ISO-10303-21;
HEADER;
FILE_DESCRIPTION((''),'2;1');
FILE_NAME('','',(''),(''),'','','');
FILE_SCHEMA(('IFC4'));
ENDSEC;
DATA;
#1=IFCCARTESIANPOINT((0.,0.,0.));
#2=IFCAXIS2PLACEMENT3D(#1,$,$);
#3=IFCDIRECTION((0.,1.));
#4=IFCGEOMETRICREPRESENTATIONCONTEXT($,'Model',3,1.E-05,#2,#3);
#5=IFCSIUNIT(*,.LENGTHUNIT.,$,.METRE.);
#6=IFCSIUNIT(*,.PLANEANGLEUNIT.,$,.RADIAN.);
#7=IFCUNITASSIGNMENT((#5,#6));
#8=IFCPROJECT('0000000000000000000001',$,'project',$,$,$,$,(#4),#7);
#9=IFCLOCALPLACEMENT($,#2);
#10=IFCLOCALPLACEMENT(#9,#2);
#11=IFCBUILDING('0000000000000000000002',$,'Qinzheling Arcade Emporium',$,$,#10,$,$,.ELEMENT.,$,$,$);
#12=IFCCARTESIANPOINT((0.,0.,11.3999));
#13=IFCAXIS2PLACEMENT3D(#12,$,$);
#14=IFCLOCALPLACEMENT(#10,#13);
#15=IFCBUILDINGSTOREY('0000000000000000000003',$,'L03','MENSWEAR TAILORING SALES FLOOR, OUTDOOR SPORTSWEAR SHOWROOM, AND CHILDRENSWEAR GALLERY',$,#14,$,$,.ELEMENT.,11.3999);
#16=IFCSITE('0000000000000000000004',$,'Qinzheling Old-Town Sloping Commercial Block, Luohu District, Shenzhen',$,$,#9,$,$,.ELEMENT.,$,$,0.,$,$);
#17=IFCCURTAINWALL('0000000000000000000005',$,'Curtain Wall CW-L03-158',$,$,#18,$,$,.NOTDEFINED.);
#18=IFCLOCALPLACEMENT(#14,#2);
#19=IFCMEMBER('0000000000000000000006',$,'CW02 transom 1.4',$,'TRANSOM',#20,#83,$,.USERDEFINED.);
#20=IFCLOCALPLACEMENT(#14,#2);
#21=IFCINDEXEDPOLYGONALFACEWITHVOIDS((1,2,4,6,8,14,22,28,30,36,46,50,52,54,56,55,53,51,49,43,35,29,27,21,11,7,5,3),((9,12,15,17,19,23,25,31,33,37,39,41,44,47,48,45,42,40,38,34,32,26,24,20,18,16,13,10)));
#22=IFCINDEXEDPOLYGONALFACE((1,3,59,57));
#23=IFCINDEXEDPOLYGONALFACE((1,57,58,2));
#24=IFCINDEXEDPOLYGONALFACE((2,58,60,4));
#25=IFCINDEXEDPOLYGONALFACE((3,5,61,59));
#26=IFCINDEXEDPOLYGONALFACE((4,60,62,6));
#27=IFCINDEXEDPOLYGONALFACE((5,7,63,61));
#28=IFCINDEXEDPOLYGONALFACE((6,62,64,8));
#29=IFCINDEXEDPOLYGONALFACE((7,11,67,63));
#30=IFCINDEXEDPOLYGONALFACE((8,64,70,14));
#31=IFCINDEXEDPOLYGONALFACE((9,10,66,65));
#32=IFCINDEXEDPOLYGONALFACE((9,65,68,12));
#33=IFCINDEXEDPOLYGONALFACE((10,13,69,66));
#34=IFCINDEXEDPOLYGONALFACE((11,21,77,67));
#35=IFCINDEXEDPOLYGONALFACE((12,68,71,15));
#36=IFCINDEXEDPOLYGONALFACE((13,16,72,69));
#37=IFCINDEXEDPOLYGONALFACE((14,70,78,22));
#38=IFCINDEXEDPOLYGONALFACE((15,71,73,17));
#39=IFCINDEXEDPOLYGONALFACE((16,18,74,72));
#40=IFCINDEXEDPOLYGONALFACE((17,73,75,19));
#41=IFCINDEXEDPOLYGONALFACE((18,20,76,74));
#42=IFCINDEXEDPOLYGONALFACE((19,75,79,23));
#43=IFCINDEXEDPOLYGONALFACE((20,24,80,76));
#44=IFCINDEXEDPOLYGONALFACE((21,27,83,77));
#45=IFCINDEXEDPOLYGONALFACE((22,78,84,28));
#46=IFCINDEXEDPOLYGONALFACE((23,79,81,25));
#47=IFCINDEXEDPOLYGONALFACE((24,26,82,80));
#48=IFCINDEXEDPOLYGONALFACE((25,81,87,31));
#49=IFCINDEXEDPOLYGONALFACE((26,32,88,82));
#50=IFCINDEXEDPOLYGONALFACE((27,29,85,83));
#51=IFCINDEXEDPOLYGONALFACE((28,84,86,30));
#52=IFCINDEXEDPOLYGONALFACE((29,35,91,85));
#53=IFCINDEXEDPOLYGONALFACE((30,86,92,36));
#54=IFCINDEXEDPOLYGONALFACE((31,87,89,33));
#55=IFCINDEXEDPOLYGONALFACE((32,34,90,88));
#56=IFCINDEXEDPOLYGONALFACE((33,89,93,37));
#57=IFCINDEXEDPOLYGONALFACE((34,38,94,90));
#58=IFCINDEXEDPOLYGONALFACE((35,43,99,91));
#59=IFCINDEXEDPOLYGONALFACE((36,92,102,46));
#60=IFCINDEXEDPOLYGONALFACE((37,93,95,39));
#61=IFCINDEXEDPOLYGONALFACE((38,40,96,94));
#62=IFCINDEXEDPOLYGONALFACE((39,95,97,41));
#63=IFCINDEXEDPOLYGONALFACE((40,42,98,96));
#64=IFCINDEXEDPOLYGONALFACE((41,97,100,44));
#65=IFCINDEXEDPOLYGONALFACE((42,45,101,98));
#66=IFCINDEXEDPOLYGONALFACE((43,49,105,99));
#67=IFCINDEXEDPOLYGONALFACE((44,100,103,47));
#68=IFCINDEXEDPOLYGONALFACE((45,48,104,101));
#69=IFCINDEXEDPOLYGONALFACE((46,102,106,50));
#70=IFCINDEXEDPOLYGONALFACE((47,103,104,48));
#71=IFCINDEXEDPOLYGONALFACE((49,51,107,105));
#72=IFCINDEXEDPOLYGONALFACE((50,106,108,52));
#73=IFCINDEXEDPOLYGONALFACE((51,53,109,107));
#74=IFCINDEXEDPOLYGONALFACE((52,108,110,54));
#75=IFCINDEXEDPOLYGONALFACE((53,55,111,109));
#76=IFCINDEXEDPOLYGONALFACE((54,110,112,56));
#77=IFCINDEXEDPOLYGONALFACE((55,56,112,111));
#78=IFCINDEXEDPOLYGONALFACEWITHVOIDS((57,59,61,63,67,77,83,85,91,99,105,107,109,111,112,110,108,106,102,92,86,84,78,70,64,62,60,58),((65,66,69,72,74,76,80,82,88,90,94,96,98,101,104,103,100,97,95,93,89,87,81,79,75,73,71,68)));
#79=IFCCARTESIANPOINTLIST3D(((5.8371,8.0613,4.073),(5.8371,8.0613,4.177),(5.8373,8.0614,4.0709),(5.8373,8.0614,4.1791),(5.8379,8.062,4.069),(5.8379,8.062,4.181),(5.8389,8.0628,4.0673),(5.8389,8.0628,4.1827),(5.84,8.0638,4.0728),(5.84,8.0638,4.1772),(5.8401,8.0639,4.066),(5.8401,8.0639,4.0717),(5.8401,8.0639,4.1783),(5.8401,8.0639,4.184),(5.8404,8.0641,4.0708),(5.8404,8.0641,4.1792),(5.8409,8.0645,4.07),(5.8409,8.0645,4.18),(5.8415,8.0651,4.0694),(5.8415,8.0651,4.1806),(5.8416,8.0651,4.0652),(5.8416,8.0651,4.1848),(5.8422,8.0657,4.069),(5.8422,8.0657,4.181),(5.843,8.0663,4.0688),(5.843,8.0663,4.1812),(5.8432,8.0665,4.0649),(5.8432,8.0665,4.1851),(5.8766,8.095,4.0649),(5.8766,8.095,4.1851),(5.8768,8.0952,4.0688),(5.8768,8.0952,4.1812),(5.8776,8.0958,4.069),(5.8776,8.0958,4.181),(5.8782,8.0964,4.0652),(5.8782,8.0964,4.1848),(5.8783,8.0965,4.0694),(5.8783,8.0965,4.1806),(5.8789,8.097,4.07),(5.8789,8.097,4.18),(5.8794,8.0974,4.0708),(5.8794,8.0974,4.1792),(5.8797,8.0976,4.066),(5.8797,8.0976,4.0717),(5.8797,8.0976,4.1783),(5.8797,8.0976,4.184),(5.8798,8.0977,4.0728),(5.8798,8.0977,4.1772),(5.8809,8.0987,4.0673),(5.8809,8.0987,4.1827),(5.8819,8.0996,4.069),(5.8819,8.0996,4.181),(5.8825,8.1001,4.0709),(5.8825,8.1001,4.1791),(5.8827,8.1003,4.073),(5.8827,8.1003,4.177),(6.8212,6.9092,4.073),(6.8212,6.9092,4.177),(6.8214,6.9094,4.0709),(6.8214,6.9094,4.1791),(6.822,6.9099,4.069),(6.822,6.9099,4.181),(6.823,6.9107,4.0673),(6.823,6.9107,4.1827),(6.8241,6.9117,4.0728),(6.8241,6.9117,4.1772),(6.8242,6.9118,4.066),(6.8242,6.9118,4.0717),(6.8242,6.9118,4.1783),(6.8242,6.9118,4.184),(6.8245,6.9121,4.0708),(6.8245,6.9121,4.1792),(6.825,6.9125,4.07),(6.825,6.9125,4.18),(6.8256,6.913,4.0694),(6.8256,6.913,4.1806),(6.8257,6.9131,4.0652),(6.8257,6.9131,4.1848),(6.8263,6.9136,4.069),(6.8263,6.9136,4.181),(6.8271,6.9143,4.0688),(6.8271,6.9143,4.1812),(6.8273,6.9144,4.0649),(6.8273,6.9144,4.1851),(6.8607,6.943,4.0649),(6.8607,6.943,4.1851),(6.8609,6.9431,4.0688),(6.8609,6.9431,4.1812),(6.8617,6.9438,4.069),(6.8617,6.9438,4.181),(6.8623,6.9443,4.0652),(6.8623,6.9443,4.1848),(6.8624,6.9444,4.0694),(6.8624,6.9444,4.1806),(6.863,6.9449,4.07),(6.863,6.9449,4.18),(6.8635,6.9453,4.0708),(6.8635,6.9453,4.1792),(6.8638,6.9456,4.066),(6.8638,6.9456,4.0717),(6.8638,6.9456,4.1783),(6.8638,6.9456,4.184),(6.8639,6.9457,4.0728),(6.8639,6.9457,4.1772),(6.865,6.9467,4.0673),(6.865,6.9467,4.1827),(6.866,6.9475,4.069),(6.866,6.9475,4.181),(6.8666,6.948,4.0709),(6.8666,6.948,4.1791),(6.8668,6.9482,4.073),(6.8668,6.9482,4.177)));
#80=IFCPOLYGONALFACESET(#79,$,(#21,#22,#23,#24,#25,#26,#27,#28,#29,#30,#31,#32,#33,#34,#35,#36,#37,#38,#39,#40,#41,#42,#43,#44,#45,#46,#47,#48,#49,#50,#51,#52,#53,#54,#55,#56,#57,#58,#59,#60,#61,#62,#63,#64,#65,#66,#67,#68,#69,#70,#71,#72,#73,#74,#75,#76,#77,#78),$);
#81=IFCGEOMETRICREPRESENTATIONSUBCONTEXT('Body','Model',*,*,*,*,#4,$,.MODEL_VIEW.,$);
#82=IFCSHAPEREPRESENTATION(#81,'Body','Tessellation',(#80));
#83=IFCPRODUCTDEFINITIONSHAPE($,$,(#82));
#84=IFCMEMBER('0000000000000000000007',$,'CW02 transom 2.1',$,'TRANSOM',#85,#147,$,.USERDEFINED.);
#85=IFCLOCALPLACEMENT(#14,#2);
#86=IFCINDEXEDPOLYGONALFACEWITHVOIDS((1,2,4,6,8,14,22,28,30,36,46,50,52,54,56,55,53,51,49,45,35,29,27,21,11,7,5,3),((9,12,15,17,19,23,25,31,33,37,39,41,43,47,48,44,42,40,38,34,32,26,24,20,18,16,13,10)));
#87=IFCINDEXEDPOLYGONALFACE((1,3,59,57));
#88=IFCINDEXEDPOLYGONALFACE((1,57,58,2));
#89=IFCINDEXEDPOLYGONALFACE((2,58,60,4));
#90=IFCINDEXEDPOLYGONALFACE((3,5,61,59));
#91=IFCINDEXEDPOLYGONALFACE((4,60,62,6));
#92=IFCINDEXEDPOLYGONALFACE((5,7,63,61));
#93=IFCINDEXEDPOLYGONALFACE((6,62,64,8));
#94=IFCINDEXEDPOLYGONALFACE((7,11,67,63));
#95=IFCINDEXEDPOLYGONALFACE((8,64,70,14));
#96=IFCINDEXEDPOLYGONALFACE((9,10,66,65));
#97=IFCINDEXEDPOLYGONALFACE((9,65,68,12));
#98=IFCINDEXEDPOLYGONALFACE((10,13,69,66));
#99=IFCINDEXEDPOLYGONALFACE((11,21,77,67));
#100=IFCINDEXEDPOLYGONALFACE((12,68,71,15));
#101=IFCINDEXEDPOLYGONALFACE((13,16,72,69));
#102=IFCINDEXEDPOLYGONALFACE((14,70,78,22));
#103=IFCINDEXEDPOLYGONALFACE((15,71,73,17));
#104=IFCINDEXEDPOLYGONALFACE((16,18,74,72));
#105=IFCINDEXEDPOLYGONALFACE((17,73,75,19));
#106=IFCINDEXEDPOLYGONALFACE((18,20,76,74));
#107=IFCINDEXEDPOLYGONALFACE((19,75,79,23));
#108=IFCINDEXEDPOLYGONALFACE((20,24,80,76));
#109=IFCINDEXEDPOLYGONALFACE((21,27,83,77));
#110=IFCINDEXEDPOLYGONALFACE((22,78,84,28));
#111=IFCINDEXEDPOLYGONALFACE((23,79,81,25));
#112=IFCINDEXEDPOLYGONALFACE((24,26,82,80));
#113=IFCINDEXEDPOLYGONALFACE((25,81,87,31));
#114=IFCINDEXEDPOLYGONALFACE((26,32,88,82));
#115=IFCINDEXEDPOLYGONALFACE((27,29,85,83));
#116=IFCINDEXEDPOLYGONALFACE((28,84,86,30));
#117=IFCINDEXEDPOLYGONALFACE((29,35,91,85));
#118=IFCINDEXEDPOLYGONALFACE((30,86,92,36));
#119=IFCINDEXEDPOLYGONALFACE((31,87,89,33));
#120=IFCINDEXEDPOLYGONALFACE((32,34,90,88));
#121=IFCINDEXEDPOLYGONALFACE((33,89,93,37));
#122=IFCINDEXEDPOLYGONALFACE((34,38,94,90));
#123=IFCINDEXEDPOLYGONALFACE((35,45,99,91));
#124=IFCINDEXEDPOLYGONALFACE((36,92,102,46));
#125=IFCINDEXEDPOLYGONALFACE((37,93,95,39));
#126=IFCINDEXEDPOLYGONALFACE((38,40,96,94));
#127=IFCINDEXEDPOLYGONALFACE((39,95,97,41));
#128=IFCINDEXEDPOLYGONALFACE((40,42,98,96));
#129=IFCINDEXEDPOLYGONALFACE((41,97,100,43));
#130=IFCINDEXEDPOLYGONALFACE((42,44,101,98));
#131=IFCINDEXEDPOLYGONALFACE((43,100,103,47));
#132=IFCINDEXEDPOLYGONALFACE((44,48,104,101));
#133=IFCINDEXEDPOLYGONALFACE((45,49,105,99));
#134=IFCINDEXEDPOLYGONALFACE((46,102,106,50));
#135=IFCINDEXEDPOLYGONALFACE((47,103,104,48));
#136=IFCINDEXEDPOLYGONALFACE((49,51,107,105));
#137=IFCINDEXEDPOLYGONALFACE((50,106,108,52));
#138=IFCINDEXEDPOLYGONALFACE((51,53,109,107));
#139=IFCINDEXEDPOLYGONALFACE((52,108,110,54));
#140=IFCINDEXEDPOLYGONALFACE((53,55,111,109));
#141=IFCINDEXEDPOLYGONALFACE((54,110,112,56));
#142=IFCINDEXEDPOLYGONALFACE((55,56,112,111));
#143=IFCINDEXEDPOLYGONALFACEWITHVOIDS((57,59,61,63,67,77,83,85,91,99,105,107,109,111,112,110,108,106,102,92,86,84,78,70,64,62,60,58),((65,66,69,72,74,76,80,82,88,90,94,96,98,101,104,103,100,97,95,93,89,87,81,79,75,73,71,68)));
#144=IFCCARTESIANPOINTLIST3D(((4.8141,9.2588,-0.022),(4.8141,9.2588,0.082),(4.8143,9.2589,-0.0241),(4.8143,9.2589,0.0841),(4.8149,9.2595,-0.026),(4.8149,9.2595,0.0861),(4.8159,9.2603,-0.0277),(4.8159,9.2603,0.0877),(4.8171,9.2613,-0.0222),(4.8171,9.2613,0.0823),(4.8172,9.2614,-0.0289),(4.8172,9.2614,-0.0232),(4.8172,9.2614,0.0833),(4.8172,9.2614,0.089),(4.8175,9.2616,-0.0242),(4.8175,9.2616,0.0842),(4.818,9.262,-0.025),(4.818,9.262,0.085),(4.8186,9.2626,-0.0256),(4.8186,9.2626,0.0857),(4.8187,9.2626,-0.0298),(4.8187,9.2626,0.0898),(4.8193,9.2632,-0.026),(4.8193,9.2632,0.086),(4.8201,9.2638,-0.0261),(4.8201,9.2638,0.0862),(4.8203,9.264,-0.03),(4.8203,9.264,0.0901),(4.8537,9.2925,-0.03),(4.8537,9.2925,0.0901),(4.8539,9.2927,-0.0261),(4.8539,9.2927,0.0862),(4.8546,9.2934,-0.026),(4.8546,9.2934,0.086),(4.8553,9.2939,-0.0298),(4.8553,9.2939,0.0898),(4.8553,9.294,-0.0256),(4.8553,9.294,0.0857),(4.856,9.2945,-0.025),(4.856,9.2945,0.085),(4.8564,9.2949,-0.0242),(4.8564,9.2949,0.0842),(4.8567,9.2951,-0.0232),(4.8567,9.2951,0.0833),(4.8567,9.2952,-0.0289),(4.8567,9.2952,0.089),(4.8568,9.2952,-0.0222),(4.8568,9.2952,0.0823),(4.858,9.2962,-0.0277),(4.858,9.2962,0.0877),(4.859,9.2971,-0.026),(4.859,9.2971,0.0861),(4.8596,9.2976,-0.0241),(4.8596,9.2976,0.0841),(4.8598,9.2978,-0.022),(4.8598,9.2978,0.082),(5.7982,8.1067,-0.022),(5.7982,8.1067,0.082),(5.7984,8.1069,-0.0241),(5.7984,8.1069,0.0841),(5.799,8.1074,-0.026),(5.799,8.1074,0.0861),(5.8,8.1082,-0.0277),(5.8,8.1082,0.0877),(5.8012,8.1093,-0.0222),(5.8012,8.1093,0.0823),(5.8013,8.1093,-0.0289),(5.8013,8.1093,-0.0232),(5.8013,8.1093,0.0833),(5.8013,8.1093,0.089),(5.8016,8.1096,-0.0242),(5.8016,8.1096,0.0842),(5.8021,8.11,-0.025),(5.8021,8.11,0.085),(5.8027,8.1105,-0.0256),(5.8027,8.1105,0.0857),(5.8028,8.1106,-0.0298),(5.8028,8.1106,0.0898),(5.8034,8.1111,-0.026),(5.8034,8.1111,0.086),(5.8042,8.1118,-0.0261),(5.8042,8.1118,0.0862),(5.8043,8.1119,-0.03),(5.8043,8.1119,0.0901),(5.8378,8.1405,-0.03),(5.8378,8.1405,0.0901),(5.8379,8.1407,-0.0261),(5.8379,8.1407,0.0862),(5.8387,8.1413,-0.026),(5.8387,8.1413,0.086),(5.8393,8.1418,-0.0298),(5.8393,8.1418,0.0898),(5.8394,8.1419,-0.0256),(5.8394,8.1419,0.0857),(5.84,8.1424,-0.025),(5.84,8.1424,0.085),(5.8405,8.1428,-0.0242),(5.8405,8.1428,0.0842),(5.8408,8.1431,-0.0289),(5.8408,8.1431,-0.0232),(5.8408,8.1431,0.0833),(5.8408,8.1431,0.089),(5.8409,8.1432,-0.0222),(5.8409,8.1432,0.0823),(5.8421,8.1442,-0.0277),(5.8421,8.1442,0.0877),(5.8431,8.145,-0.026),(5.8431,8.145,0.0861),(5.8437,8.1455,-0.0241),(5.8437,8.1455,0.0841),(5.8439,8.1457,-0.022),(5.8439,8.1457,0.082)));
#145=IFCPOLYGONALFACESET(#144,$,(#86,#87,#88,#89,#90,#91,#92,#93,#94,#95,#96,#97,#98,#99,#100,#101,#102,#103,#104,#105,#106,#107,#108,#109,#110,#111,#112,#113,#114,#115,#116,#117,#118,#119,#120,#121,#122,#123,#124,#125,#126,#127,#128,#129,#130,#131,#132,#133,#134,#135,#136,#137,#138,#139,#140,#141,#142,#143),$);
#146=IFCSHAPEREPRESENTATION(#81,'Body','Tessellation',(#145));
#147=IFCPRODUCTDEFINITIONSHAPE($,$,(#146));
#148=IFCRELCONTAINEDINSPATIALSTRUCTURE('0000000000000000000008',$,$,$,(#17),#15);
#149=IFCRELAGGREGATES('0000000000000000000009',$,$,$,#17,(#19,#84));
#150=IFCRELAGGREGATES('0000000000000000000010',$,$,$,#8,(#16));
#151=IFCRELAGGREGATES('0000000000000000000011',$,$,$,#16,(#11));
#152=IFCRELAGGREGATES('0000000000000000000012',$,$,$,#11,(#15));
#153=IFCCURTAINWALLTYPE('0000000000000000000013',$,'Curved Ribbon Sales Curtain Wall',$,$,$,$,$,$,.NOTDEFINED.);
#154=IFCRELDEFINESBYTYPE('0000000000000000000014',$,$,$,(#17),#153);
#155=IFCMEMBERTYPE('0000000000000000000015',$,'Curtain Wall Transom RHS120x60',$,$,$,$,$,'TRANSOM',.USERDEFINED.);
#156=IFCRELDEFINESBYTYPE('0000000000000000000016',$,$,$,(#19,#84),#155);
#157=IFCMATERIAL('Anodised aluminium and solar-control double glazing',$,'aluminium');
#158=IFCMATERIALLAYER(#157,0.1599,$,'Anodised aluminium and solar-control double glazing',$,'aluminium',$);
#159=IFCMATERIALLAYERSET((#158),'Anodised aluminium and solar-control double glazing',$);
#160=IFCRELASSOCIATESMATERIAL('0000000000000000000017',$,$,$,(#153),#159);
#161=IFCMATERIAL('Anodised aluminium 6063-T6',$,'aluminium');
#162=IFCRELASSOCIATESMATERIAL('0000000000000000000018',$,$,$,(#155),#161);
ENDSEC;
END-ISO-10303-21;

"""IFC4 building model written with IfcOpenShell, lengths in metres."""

from ifc_helpers import new_model, si_unit, direction, frame, origin, origin_2d, place, context, subcontext, project, spatial, hollow_rectangle, extrude, material, layer, layer_set, material_profile, profile_set, type_object, element, aggregate, save


model = new_model("IFC4")

# Units and contexts
model_context = context("Model", 3, precision=1e-05, world=origin(), true_north=direction((0.0, 1.0)))
body_context = subcontext(model_context, "Body", "Model", "MODEL_VIEW")
ifc_project = project(units=[si_unit("LENGTHUNIT", "METRE"), si_unit("PLANEANGLEUNIT", "RADIAN")], contexts=[model_context])

# Site, building, storey
site_placement = place(None, origin())
site = spatial("IfcSite", under=ifc_project, at=site_placement, Name="Qinzheling Old-Town Sloping Commercial Block, Luohu District, Shenzhen", CompositionType="ELEMENT", RefElevation=0.0)
building_placement = place(site_placement, origin())
building = spatial("IfcBuilding", under=site, at=building_placement, Name="Qinzheling Arcade Emporium", CompositionType="ELEMENT")
storey_placement = place(building_placement, frame((0.0, 0.0, 11.3999)))
storey = spatial("IfcBuildingStorey", under=building, at=storey_placement, Name="L03", Description="MENSWEAR TAILORING SALES FLOOR, OUTDOOR SPORTSWEAR SHOWROOM, AND CHILDRENSWEAR GALLERY", CompositionType="ELEMENT", Elevation=11.3999)

# Curtain wall
ifc_material_1 = material(Name="Anodised aluminium and solar-control double glazing", Category="aluminium")
ifc_layer_1 = layer(ifc_material_1, 0.1599, Name="Anodised aluminium and solar-control double glazing", Category="aluminium")
ifc_layer_set_1 = layer_set([ifc_layer_1], Name="Anodised aluminium and solar-control double glazing")
curtain_wall_type = type_object("IfcCurtainWallType", Name="Curved Ribbon Sales Curtain Wall", PredefinedType="NOTDEFINED", material=ifc_layer_set_1)
curtain_wall_1_placement = place(storey_placement, origin())
curtain_wall_1 = element("IfcCurtainWall", 1, at=curtain_wall_1_placement, inside=storey, type_object=curtain_wall_type, Name="Curtain Wall CW-L03-158", PredefinedType="NOTDEFINED")
ifc_material_2 = material(Name="Anodised aluminium 6063-T6", Category="aluminium")

# Members
ifc_material_profile_1 = material_profile(ifc_material_2, hollow_rectangle(XDim=0.0601, YDim=0.1201, WallThickness=0.0039, InnerFilletRadius=0.0039, OuterFilletRadius=0.0081, at=origin_2d()), Name="RHS 120x60x4", Category="aluminium")
ifc_profile_set_1 = profile_set([ifc_material_profile_1], Name="Anodised aluminium 6063-T6")
member_type_1 = type_object("IfcMemberType", Name="Curtain Wall Transom RHS120x60", ElementType="TRANSOM", PredefinedType="USERDEFINED", material=ifc_profile_set_1)
member_1_placement = place(storey_placement, frame((6.844, 6.9287, 4.125), z_axis=(-0.649503, 0.760359, 0.0), x_axis=(-0.760359, -0.649503, 0.0)))
member_1 = element("IfcMember", 2, at=member_1_placement, type_object=member_type_1, Name="CW02 transom 1.4", ObjectType="TRANSOM", PredefinedType="USERDEFINED", context=body_context, shape_type="SweptSolid", body=[
    extrude(hollow_rectangle(XDim=0.0601, YDim=0.1201, WallThickness=0.0039, InnerFilletRadius=0.0039, OuterFilletRadius=0.0081, at=origin_2d()), origin(), (0.0, 0.0, 1.0), 1.5151),
])
member_2_placement = place(storey_placement, frame((5.821, 8.1262, 0.03), z_axis=(-0.649503, 0.760359, 0.0), x_axis=(-0.760359, -0.649503, 0.0)))
member_2 = element("IfcMember", 3, at=member_2_placement, type_object=member_type_1, Name="CW02 transom 2.1", ObjectType="TRANSOM", PredefinedType="USERDEFINED", context=body_context, shape_type="SweptSolid", body=[
    extrude(hollow_rectangle(XDim=0.0601, YDim=0.1201, WallThickness=0.0039, InnerFilletRadius=0.0039, OuterFilletRadius=0.0081, at=origin_2d()), origin(), (0.0, 0.0, 1.0), 1.5151),
])

aggregate(curtain_wall_1, [member_1, member_2])

save(model, "model.ifc")
